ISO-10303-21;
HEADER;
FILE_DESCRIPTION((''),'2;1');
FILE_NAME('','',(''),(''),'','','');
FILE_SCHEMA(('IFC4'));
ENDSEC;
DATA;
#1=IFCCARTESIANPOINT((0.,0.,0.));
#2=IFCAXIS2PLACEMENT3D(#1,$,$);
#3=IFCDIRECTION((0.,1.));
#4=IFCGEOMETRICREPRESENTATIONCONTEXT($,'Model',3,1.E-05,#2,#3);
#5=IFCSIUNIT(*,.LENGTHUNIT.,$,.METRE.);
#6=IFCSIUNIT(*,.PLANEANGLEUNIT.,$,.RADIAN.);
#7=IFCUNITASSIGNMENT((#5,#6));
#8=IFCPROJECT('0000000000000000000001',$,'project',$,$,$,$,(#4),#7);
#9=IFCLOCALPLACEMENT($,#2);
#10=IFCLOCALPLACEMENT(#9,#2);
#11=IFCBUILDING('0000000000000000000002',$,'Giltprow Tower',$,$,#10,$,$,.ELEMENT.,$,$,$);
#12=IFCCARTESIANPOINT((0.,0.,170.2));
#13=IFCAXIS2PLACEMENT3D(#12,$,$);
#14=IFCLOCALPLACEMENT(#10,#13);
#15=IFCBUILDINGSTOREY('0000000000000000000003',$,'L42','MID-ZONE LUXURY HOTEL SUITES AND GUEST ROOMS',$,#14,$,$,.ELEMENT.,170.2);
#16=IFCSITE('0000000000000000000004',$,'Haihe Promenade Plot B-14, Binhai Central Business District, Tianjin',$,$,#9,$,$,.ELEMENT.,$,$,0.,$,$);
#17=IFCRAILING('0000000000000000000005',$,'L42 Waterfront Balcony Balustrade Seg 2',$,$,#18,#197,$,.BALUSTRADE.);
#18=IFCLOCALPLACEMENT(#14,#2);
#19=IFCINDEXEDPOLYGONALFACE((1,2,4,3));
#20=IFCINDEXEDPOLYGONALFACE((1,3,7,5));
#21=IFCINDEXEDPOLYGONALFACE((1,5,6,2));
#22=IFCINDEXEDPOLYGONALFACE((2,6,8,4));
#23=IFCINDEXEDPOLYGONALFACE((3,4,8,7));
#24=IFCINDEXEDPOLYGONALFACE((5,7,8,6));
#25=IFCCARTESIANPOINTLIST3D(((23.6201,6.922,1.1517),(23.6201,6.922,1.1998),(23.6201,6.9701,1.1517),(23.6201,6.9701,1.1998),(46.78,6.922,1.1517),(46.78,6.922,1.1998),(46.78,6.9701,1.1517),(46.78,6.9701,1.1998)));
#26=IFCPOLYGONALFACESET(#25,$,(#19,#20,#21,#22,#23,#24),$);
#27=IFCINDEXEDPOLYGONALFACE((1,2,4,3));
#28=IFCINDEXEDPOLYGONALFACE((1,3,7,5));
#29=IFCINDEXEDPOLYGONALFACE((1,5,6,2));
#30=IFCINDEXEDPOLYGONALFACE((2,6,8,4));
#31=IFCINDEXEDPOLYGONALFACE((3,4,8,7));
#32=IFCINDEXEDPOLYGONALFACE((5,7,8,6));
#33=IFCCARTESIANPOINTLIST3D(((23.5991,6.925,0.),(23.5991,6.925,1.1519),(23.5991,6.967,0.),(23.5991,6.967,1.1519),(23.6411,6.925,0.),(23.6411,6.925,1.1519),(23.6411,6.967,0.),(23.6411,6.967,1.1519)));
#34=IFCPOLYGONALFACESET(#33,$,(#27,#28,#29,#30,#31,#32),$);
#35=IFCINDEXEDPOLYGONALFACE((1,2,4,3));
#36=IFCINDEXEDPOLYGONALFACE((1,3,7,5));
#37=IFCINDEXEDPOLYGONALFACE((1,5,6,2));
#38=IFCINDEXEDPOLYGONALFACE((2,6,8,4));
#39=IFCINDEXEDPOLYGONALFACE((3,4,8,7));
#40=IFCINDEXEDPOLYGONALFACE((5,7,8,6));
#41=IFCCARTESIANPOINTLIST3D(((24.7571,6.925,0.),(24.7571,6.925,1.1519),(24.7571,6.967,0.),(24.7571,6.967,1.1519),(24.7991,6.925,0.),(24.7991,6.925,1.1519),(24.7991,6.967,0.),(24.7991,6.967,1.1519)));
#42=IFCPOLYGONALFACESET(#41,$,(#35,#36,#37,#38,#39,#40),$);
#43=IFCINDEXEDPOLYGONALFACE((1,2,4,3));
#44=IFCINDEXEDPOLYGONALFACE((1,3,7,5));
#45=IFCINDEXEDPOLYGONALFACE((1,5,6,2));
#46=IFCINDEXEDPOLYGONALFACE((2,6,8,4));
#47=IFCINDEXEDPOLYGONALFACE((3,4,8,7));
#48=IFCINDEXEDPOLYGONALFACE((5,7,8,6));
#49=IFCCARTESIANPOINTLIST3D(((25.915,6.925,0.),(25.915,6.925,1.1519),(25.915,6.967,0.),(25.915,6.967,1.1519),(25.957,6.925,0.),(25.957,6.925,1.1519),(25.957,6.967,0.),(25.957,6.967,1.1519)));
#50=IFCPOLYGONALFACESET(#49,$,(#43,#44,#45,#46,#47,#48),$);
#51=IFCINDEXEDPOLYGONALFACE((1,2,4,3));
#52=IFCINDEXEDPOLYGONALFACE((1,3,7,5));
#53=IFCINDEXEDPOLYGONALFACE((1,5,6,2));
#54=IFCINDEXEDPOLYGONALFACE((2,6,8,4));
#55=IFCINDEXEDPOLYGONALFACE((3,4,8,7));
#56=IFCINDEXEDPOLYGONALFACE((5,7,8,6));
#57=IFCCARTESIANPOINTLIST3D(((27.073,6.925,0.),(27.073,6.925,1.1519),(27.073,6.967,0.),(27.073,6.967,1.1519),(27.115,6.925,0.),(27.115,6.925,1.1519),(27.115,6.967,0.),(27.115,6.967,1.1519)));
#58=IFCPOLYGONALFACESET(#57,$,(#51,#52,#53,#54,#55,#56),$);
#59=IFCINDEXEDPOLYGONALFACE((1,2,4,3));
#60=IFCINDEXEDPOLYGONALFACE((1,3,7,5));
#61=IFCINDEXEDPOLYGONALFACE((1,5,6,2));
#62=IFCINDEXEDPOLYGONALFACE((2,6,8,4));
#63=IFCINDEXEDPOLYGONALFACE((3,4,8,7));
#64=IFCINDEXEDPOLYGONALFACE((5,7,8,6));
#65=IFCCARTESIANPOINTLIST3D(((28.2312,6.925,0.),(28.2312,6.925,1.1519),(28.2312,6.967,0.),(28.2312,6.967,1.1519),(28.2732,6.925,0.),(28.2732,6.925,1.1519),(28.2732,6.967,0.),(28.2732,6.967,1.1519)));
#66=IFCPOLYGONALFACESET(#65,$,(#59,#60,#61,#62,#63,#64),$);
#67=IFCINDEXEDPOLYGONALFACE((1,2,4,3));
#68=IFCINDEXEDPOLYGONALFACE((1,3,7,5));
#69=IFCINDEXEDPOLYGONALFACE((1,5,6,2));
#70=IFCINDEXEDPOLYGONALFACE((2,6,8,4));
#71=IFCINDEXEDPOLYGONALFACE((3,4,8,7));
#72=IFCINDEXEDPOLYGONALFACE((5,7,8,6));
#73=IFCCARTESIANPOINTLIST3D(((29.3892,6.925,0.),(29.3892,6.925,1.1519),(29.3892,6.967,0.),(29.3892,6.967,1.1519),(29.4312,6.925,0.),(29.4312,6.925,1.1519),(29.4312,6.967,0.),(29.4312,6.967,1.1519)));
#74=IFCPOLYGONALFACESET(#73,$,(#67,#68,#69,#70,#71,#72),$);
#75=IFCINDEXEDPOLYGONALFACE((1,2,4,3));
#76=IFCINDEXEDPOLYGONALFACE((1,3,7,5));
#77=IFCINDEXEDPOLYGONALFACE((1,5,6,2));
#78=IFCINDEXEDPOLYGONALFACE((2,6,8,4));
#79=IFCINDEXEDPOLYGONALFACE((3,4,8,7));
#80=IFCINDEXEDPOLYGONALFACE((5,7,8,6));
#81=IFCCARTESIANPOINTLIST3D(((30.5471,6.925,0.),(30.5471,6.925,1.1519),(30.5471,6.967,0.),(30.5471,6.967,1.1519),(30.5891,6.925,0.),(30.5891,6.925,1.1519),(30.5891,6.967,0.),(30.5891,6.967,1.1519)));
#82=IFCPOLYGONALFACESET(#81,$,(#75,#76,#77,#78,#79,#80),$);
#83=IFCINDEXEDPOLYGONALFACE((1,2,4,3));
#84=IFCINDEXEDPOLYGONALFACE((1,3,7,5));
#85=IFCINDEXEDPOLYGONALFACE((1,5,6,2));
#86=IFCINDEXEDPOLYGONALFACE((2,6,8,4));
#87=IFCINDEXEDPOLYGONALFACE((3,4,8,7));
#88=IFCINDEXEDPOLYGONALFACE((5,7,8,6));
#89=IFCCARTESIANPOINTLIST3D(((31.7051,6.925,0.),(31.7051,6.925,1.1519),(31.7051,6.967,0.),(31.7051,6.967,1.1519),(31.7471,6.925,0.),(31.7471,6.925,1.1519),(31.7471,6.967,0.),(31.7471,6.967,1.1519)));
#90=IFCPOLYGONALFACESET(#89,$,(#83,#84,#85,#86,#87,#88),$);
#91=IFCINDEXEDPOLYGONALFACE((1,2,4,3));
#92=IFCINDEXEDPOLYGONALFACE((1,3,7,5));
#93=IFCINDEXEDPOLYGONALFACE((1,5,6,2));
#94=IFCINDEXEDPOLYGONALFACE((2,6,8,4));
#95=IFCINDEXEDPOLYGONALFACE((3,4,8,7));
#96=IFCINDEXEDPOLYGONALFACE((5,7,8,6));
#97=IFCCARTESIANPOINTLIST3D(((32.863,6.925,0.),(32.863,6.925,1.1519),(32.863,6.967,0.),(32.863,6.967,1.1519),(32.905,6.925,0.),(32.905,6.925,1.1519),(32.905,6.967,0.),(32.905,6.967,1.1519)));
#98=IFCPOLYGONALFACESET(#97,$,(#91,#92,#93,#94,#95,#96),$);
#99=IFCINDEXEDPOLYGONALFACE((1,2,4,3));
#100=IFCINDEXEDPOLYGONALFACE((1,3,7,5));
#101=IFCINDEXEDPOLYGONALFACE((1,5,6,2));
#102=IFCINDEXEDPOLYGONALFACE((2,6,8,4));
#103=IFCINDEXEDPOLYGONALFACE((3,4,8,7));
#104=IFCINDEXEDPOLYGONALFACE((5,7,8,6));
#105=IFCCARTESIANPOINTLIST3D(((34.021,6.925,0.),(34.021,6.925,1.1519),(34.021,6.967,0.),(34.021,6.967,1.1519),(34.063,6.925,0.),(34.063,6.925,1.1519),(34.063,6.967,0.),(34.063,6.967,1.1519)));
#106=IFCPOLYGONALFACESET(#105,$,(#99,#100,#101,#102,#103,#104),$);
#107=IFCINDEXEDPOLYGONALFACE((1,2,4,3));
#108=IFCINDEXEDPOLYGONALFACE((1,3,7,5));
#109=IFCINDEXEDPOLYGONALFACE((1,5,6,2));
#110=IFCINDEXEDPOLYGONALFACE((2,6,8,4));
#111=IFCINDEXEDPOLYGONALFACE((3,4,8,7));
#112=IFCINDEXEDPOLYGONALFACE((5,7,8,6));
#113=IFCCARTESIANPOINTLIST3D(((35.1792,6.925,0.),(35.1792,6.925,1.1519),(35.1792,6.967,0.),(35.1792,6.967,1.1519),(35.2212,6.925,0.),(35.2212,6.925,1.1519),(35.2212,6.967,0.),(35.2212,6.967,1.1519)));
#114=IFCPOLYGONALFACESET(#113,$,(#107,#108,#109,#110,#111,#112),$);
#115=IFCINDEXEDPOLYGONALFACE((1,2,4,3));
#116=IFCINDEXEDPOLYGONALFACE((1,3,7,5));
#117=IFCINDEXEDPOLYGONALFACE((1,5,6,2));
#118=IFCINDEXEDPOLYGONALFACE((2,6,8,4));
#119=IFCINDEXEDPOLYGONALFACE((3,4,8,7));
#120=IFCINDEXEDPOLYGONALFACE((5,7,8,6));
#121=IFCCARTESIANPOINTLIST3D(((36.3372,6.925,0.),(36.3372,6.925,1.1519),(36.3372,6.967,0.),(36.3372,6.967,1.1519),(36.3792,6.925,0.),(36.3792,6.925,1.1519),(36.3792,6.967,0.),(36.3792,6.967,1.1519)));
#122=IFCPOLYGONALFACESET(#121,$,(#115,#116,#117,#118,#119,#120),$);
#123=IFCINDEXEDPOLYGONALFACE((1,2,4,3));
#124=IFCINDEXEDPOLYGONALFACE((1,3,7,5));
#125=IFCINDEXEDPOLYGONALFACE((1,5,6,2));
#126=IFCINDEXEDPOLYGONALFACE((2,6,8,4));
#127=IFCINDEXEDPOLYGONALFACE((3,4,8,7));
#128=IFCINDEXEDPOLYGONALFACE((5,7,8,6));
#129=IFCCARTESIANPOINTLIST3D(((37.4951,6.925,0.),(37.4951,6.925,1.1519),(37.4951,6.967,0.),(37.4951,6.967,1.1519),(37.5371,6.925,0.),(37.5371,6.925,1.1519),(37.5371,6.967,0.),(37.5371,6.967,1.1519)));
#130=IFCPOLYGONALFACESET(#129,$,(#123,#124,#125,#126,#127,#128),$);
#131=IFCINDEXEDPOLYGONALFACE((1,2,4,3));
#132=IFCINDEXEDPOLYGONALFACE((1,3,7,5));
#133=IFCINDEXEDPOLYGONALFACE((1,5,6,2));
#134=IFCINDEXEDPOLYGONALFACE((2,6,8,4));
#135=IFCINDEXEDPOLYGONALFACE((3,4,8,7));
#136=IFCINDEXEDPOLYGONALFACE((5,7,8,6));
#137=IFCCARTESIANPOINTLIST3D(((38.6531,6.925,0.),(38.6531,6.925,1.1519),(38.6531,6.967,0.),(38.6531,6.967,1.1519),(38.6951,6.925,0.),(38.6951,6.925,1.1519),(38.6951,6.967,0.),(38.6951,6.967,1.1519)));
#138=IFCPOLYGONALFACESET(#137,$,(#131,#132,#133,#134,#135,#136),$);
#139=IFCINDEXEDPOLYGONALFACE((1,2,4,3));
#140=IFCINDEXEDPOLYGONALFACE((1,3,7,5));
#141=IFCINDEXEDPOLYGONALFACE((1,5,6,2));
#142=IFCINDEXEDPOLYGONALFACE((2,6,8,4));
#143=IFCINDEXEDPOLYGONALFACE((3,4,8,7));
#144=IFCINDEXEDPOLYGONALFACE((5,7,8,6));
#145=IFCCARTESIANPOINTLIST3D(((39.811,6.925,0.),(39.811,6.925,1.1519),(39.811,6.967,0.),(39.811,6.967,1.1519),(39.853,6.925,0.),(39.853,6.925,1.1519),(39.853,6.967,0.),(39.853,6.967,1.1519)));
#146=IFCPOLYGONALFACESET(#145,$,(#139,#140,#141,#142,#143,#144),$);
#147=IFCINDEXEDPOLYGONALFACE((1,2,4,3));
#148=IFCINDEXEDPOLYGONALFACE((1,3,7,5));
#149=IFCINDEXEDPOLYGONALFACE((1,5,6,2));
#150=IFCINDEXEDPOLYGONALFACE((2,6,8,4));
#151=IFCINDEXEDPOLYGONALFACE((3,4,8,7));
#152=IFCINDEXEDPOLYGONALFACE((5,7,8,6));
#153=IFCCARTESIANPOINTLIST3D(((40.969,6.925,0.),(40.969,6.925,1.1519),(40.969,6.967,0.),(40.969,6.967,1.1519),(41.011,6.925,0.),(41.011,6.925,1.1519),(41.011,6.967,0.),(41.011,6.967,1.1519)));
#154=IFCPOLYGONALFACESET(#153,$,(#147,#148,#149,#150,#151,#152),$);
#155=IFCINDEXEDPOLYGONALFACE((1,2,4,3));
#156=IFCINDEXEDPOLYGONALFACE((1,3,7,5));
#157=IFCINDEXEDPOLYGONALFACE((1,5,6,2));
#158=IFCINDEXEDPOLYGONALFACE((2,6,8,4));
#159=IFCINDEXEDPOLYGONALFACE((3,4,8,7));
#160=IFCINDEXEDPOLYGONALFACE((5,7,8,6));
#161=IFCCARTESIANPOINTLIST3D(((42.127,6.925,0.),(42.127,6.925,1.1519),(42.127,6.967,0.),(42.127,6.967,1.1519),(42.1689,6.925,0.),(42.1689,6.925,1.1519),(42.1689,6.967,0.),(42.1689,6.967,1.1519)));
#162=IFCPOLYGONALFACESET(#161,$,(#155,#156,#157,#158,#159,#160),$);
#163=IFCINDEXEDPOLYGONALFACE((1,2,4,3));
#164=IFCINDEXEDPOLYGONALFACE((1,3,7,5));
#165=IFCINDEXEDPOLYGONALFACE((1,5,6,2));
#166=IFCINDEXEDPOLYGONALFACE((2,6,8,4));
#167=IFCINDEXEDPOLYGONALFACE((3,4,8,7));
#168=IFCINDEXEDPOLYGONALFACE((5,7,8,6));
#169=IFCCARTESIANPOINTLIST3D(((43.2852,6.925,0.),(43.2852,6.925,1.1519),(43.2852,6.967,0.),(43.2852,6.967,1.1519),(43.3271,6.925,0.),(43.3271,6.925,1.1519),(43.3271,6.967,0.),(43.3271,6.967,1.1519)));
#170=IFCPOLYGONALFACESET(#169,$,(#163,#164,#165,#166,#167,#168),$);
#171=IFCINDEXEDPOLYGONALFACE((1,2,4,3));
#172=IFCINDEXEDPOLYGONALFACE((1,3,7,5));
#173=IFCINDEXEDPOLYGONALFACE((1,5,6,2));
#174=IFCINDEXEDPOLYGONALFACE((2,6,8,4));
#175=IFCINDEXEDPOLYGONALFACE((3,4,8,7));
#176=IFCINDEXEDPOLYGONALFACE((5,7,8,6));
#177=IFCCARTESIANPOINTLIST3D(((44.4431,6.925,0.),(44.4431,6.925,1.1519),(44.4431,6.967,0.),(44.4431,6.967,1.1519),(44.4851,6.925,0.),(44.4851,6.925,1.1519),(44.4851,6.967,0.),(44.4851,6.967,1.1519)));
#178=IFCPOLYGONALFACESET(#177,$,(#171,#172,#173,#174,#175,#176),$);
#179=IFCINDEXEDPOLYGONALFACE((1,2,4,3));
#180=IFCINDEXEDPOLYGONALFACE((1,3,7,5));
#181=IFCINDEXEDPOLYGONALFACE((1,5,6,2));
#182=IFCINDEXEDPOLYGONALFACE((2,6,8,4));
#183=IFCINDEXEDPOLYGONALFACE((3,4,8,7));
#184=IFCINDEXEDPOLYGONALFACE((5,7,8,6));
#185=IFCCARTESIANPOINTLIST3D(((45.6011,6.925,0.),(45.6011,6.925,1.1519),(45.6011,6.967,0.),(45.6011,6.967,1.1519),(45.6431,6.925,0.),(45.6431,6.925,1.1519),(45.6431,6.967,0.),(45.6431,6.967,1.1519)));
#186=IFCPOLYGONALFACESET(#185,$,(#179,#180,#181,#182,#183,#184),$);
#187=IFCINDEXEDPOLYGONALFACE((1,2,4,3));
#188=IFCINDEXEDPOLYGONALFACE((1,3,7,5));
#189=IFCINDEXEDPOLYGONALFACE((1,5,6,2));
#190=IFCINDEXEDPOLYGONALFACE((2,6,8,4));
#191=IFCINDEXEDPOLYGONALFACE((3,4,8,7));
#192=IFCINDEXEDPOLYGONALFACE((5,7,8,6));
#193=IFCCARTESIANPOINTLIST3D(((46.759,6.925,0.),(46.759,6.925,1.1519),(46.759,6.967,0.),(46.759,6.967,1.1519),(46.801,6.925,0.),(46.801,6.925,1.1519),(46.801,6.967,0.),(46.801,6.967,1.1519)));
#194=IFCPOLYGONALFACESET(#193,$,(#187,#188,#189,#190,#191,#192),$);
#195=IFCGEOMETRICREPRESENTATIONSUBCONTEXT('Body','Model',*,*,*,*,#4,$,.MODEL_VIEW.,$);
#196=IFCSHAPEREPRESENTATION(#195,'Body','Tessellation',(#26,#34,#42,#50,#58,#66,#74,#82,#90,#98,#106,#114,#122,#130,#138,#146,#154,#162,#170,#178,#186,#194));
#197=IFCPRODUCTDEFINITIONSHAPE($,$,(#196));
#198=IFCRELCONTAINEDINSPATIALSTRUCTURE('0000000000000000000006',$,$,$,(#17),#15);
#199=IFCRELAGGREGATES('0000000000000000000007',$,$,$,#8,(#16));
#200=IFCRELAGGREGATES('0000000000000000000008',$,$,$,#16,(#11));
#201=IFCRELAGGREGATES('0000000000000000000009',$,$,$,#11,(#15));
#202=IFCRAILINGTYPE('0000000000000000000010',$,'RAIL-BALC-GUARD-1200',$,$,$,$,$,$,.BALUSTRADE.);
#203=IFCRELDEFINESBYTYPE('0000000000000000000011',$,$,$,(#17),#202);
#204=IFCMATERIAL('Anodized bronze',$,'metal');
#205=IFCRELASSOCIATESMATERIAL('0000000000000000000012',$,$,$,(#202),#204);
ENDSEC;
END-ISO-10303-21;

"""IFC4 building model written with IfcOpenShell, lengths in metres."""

from ifc_helpers import new_model, si_unit, direction, frame, origin, origin_2d, place, context, subcontext, project, spatial, rectangle, extrude, material, type_object, element, save


model = new_model("IFC4")

# Units and contexts
model_context = context("Model", 3, precision=1e-05, world=origin(), true_north=direction((0.0, 1.0)))
body_context = subcontext(model_context, "Body", "Model", "MODEL_VIEW")
ifc_project = project(units=[si_unit("LENGTHUNIT", "METRE"), si_unit("PLANEANGLEUNIT", "RADIAN")], contexts=[model_context])

# Site, building, storey
site_placement = place(None, origin())
site = spatial("IfcSite", under=ifc_project, at=site_placement, Name="Haihe Promenade Plot B-14, Binhai Central Business District, Tianjin", CompositionType="ELEMENT", RefElevation=0.0)
building_placement = place(site_placement, origin())
building = spatial("IfcBuilding", under=site, at=building_placement, Name="Giltprow Tower", CompositionType="ELEMENT")
storey_placement = place(building_placement, frame((0.0, 0.0, 170.2)))
storey = spatial("IfcBuildingStorey", under=building, at=storey_placement, Name="L42", Description="MID-ZONE LUXURY HOTEL SUITES AND GUEST ROOMS", CompositionType="ELEMENT", Elevation=170.2)

# Shared definitions
ifc_material_1 = material(Name="Anodized bronze", Category="metal")

# Railing
railing_type = type_object("IfcRailingType", Name="RAIL-BALC-GUARD-1200", PredefinedType="BALUSTRADE", material=ifc_material_1)
railing_1_placement = place(storey_placement, frame((23.6201, 6.946, 0.0)))
element("IfcRailing", 1, at=railing_1_placement, inside=storey, type_object=railing_type, Name="L42 Waterfront Balcony Balustrade Seg 2", PredefinedType="BALUSTRADE", context=body_context, shape_type="SweptSolid", body=[
    extrude(rectangle(XDim=0.0481, YDim=0.0481, at=origin_2d()), frame((0.0, 0.0, 1.1758), z_axis=(1.0, 0.0, 0.0), x_axis=(0.0, 1.0, 0.0)), (0.0, 0.0, 1.0), 23.1599),
    extrude(rectangle(XDim=0.042, YDim=0.042, at=origin_2d()), origin(), (0.0, 0.0, 1.0), 1.1519),
    extrude(rectangle(XDim=0.042, YDim=0.042, at=origin_2d()), frame((1.158, 0.0, 0.0)), (0.0, 0.0, 1.0), 1.1519),
    extrude(rectangle(XDim=0.042, YDim=0.042, at=origin_2d()), frame((2.3159, 0.0, 0.0)), (0.0, 0.0, 1.0), 1.1519),
    extrude(rectangle(XDim=0.042, YDim=0.042, at=origin_2d()), frame((3.4739, 0.0, 0.0)), (0.0, 0.0, 1.0), 1.1519),
    extrude(rectangle(XDim=0.042, YDim=0.042, at=origin_2d()), frame((4.6321, 0.0, 0.0)), (0.0, 0.0, 1.0), 1.1519),
    extrude(rectangle(XDim=0.042, YDim=0.042, at=origin_2d()), frame((5.79, 0.0, 0.0)), (0.0, 0.0, 1.0), 1.1519),
    extrude(rectangle(XDim=0.042, YDim=0.042, at=origin_2d()), frame((6.948, 0.0, 0.0)), (0.0, 0.0, 1.0), 1.1519),
    extrude(rectangle(XDim=0.042, YDim=0.042, at=origin_2d()), frame((8.106, 0.0, 0.0)), (0.0, 0.0, 1.0), 1.1519),
    extrude(rectangle(XDim=0.042, YDim=0.042, at=origin_2d()), frame((9.2639, 0.0, 0.0)), (0.0, 0.0, 1.0), 1.1519),
    extrude(rectangle(XDim=0.042, YDim=0.042, at=origin_2d()), frame((10.4219, 0.0, 0.0)), (0.0, 0.0, 1.0), 1.1519),
    extrude(rectangle(XDim=0.042, YDim=0.042, at=origin_2d()), frame((11.5801, 0.0, 0.0)), (0.0, 0.0, 1.0), 1.1519),
    extrude(rectangle(XDim=0.042, YDim=0.042, at=origin_2d()), frame((12.738, 0.0, 0.0)), (0.0, 0.0, 1.0), 1.1519),
    extrude(rectangle(XDim=0.042, YDim=0.042, at=origin_2d()), frame((13.896, 0.0, 0.0)), (0.0, 0.0, 1.0), 1.1519),
    extrude(rectangle(XDim=0.042, YDim=0.042, at=origin_2d()), frame((15.054, 0.0, 0.0)), (0.0, 0.0, 1.0), 1.1519),
    extrude(rectangle(XDim=0.042, YDim=0.042, at=origin_2d()), frame((16.2119, 0.0, 0.0)), (0.0, 0.0, 1.0), 1.1519),
    extrude(rectangle(XDim=0.042, YDim=0.042, at=origin_2d()), frame((17.3699, 0.0, 0.0)), (0.0, 0.0, 1.0), 1.1519),
    extrude(rectangle(XDim=0.042, YDim=0.042, at=origin_2d()), frame((18.5278, 0.0, 0.0)), (0.0, 0.0, 1.0), 1.1519),
    extrude(rectangle(XDim=0.042, YDim=0.042, at=origin_2d()), frame((19.686, 0.0, 0.0)), (0.0, 0.0, 1.0), 1.1519),
    extrude(rectangle(XDim=0.042, YDim=0.042, at=origin_2d()), frame((20.844, 0.0, 0.0)), (0.0, 0.0, 1.0), 1.1519),
    extrude(rectangle(XDim=0.042, YDim=0.042, at=origin_2d()), frame((22.002, 0.0, 0.0)), (0.0, 0.0, 1.0), 1.1519),
    extrude(rectangle(XDim=0.042, YDim=0.042, at=origin_2d()), frame((23.1599, 0.0, 0.0)), (0.0, 0.0, 1.0), 1.1519),
])

save(model, "model.ifc")
